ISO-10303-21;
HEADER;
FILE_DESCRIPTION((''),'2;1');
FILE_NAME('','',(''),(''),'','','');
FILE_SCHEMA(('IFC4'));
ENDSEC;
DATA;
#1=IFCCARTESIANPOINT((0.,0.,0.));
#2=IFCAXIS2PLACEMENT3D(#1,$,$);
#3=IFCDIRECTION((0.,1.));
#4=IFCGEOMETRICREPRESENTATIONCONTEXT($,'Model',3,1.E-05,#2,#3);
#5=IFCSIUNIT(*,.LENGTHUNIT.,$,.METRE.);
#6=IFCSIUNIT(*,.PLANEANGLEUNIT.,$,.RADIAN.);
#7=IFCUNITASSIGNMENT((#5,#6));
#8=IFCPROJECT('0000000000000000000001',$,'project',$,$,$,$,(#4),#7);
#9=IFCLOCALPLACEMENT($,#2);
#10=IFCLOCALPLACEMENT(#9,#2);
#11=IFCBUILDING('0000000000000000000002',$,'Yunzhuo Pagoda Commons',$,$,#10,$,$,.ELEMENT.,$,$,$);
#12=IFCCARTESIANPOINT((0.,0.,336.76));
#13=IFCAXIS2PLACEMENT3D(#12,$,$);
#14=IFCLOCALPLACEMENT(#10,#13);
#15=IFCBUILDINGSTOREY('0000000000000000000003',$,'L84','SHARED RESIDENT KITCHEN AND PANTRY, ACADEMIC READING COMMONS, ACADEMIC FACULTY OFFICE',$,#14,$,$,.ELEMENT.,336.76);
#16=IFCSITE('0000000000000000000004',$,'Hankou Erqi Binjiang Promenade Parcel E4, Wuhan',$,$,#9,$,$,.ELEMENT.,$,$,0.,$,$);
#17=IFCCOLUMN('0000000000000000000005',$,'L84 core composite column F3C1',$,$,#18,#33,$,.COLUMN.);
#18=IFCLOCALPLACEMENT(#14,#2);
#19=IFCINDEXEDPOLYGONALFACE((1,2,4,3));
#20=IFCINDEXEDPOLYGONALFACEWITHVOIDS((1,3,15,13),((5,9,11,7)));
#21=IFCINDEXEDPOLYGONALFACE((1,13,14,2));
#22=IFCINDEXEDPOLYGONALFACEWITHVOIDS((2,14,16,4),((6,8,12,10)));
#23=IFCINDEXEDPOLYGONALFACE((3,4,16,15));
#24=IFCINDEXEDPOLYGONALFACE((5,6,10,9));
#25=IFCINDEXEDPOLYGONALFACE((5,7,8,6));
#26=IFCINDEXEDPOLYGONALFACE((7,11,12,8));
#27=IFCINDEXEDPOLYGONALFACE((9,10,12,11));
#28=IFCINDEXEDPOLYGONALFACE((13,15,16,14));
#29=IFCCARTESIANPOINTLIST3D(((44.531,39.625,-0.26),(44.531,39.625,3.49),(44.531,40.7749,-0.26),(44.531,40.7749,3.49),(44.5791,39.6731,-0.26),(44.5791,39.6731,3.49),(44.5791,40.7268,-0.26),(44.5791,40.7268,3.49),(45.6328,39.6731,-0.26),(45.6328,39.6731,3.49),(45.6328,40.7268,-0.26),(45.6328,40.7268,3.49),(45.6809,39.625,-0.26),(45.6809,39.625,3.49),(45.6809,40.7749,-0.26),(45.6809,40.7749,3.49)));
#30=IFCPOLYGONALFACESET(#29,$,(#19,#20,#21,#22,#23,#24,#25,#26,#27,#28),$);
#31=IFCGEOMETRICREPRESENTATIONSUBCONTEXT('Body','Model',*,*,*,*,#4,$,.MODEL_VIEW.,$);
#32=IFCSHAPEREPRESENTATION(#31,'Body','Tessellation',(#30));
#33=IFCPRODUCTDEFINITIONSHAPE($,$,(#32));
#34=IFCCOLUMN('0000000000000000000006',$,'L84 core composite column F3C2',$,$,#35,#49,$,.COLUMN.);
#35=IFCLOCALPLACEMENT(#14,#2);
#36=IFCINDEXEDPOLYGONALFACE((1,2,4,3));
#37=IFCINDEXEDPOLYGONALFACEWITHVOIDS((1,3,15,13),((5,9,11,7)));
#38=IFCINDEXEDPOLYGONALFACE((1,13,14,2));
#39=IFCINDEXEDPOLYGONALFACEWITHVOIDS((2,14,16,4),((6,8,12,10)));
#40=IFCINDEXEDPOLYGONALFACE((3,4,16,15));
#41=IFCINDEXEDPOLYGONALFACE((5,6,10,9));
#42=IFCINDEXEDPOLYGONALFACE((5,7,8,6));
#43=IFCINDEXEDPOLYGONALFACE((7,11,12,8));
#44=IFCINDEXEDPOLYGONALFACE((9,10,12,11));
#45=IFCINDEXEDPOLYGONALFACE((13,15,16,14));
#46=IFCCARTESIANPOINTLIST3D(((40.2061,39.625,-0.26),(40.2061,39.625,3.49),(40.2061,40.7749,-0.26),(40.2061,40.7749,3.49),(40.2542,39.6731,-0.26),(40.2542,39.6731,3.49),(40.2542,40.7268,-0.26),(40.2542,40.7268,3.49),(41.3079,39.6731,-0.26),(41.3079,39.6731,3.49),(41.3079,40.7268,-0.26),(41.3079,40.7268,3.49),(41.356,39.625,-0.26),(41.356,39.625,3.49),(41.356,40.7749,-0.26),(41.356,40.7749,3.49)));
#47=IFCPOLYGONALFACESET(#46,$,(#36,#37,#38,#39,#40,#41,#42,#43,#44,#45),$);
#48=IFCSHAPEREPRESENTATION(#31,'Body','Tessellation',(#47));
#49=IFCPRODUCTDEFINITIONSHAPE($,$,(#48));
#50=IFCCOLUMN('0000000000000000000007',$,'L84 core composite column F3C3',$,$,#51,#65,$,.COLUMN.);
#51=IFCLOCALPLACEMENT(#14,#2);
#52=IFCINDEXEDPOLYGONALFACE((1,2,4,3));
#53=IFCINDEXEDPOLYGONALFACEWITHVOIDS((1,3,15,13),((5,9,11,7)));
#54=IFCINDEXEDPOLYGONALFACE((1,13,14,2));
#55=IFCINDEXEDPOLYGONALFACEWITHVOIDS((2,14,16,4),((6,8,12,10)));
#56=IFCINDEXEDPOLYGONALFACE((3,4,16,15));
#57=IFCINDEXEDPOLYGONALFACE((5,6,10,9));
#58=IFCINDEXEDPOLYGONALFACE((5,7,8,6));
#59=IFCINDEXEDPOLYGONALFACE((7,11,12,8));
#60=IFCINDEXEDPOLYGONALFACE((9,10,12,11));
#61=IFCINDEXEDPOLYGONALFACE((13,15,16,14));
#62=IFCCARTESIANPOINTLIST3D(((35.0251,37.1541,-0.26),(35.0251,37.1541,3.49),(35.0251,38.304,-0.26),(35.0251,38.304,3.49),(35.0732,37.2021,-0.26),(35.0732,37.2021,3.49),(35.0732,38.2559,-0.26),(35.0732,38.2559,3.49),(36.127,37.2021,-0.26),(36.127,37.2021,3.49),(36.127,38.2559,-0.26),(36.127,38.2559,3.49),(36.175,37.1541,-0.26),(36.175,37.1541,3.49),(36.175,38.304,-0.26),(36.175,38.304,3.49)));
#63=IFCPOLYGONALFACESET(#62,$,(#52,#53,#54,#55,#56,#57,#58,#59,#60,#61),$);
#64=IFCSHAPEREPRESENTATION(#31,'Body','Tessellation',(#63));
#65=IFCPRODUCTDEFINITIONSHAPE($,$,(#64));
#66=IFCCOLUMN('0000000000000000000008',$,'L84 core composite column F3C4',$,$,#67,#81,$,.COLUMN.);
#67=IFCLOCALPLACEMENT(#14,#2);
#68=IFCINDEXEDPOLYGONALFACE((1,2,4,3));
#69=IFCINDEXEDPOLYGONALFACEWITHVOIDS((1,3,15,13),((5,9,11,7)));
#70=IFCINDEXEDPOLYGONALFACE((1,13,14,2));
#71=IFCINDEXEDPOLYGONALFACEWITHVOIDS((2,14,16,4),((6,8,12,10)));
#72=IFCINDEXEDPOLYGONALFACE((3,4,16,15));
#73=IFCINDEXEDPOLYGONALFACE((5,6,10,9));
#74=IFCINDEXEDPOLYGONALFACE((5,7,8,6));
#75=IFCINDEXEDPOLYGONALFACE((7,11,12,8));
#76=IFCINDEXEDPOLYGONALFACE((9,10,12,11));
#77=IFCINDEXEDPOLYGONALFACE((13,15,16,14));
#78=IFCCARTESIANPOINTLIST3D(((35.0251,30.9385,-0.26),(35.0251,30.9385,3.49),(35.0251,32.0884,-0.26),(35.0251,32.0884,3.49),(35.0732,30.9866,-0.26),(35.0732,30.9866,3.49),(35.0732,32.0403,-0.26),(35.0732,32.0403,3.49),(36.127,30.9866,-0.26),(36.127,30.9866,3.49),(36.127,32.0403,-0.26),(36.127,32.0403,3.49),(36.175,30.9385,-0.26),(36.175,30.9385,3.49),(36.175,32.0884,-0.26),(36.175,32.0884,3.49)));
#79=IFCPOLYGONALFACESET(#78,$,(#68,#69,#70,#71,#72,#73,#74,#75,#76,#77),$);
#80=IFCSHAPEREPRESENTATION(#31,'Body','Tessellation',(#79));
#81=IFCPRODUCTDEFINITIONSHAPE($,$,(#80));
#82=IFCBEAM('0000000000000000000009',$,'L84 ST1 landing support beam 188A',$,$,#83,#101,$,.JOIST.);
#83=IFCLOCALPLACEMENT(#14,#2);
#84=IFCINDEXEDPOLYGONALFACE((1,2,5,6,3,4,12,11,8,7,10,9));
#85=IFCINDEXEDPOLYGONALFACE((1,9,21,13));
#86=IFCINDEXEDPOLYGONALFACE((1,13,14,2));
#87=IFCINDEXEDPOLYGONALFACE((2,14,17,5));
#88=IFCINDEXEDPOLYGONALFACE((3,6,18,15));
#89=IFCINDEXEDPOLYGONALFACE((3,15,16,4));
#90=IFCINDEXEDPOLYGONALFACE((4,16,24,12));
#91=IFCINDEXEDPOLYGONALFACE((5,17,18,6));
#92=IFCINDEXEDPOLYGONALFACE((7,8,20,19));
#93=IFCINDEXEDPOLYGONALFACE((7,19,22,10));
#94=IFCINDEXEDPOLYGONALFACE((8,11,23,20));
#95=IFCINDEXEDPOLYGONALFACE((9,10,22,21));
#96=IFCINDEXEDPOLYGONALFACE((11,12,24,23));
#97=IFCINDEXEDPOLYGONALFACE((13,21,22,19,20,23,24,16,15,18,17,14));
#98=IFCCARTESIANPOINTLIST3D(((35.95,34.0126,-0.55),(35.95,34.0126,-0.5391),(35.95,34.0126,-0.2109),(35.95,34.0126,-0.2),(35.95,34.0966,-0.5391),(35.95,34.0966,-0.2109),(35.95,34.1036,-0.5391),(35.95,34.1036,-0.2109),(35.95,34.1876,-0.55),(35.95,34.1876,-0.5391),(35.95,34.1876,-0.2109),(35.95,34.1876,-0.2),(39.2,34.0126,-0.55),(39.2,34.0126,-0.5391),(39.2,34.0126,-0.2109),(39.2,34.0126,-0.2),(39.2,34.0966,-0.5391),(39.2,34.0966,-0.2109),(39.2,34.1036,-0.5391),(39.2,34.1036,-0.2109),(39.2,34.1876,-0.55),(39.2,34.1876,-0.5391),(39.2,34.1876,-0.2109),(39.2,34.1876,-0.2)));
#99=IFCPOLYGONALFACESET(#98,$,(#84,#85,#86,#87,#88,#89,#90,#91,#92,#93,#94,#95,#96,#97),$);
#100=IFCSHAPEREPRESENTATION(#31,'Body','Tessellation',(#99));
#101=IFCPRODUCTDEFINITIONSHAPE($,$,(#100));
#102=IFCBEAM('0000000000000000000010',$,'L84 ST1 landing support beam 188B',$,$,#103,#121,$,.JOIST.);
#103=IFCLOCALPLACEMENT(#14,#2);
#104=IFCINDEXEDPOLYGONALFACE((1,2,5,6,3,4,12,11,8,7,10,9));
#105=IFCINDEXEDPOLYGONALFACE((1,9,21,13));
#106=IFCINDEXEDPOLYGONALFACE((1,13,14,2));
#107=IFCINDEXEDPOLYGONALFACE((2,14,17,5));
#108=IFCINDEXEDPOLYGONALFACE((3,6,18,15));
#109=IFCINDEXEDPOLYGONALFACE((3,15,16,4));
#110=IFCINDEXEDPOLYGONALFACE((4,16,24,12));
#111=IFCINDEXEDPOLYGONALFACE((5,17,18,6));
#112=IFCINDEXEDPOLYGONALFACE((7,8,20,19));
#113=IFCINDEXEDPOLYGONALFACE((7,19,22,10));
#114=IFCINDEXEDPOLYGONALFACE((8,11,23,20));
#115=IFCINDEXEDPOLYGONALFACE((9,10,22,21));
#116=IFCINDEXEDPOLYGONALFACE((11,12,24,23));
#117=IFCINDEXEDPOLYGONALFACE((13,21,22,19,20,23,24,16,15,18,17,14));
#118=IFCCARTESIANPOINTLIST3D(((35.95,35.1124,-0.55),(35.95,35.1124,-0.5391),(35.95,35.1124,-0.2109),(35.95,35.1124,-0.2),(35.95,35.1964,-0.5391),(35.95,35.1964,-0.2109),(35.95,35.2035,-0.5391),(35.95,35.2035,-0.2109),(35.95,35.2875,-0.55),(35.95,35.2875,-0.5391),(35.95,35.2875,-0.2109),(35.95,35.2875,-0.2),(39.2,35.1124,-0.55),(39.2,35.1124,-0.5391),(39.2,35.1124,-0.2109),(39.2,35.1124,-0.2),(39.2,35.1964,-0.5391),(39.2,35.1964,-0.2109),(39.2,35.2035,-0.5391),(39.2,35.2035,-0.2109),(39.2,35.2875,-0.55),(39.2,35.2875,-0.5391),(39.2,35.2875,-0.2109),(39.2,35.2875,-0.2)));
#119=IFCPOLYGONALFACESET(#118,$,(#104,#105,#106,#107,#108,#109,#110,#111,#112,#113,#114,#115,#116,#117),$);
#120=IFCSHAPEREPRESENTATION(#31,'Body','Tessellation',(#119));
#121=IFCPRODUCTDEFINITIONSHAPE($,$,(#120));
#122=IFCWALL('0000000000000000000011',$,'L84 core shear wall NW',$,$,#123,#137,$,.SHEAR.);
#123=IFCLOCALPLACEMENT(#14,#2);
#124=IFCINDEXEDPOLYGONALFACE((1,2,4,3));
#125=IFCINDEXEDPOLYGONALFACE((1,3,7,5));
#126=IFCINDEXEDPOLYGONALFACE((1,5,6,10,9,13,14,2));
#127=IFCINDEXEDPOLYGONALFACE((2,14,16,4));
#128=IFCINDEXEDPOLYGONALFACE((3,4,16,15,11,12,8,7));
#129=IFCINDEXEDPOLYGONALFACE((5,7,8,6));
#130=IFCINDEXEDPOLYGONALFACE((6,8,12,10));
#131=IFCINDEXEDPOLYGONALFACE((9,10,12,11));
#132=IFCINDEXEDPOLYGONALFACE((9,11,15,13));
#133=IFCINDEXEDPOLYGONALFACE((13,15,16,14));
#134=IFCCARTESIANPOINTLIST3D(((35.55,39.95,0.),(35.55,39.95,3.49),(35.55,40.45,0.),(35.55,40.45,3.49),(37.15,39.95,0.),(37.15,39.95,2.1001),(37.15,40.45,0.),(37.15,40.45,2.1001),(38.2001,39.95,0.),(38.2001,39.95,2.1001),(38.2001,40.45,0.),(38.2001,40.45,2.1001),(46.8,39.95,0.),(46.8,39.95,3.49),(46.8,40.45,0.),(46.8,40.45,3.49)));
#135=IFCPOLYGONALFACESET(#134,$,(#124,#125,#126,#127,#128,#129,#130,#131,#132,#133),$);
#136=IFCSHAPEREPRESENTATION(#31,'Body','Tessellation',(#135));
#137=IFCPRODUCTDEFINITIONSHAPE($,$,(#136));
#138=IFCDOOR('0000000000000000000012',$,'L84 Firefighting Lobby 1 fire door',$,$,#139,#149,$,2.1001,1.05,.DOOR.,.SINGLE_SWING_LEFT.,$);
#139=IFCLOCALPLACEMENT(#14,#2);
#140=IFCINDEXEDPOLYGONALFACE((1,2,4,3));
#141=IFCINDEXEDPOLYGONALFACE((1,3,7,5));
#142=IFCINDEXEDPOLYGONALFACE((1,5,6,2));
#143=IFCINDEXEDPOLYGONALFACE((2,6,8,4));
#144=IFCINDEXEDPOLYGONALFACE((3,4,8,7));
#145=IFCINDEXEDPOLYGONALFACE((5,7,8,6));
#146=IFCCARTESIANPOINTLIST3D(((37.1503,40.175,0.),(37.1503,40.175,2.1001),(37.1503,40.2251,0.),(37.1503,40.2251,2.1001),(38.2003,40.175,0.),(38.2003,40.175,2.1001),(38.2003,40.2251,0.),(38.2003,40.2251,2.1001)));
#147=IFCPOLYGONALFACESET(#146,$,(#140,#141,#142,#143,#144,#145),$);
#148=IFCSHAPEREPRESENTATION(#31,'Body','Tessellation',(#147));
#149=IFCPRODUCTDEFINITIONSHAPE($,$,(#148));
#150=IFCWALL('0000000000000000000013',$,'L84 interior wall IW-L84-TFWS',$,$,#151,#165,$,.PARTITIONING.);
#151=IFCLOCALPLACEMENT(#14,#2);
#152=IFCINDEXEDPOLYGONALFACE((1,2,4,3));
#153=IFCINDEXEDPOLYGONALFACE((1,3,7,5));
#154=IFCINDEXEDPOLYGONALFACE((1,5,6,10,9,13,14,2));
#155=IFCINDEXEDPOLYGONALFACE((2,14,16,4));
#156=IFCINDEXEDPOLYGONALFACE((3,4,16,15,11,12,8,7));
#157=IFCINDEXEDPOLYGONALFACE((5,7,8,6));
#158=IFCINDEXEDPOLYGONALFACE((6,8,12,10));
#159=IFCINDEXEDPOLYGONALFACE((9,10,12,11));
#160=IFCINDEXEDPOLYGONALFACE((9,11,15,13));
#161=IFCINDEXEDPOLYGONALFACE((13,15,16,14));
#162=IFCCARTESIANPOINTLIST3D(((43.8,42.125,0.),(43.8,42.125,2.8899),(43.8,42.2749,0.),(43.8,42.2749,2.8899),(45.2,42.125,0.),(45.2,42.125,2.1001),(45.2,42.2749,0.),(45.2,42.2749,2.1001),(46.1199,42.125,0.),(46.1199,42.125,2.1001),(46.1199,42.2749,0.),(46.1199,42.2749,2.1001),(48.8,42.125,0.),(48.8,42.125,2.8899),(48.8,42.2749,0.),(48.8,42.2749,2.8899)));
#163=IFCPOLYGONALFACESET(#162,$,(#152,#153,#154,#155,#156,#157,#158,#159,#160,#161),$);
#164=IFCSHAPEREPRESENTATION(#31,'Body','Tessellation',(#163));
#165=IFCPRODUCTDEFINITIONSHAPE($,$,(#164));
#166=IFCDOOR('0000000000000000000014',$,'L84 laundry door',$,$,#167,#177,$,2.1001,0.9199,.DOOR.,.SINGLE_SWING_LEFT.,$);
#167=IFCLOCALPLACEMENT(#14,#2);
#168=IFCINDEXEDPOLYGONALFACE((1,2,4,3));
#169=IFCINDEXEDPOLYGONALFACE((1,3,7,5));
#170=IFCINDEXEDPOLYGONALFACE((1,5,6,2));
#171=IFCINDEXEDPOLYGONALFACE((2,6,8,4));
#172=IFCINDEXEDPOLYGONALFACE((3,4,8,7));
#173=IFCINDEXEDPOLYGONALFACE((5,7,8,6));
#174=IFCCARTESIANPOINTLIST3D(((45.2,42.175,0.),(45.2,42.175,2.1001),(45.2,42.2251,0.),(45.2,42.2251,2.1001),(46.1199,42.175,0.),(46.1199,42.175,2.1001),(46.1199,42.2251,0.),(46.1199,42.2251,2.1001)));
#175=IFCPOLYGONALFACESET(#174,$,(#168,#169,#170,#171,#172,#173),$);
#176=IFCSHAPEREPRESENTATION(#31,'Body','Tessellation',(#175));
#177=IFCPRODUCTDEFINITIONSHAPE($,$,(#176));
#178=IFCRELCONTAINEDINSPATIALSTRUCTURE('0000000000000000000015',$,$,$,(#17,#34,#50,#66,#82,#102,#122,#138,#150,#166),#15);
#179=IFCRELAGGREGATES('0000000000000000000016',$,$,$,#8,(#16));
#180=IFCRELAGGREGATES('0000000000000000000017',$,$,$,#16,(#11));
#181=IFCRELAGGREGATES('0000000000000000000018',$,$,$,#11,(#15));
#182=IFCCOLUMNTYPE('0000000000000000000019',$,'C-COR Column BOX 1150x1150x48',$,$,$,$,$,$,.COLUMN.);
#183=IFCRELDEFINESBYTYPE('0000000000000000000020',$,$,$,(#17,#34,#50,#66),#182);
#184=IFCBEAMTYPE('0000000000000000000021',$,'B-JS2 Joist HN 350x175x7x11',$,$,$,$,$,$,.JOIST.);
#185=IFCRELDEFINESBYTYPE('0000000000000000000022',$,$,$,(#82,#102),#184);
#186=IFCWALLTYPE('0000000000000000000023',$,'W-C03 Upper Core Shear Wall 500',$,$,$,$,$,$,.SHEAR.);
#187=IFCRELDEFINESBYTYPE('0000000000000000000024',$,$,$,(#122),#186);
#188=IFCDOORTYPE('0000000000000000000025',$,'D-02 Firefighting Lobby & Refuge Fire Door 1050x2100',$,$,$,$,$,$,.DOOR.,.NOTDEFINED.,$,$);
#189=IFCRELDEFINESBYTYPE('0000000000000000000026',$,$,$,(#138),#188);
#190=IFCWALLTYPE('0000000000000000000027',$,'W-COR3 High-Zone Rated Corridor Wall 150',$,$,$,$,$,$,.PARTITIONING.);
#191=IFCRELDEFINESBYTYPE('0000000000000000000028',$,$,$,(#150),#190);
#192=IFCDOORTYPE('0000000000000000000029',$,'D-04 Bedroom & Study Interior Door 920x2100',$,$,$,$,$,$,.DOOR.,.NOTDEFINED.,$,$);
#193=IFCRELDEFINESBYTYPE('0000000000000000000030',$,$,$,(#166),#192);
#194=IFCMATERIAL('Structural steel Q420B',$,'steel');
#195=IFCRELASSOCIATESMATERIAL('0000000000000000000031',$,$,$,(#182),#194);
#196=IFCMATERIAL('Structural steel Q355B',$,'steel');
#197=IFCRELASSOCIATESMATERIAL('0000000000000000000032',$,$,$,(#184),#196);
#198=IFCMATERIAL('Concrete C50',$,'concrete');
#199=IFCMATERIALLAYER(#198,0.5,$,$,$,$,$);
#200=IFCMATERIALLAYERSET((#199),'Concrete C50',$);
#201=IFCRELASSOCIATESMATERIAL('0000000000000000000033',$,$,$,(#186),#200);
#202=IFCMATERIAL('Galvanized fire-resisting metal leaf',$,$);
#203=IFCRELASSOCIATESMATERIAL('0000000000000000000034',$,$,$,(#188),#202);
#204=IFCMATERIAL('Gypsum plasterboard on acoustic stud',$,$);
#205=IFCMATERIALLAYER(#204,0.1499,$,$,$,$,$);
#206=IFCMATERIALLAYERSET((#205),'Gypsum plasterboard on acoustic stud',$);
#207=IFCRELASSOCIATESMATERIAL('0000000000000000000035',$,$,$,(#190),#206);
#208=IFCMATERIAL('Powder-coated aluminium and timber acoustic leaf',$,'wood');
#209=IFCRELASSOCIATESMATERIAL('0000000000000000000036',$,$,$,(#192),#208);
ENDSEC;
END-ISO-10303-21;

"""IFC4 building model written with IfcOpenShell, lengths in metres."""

from ifc_helpers import new_model, si_unit, direction, frame, frame_2d, origin, origin_2d, place, context, subcontext, project, spatial, rectangle, hollow_rectangle, i_section, extrude, source, transform, mapped, material, layer, layer_set, material_profile, profile_set, type_object, element, fill, save


model = new_model("IFC4")

# Units and contexts
model_context = context("Model", 3, precision=1e-05, world=origin(), true_north=direction((0.0, 1.0)))
body_context = subcontext(model_context, "Body", "Model", "MODEL_VIEW")
ifc_project = project(units=[si_unit("LENGTHUNIT", "METRE"), si_unit("PLANEANGLEUNIT", "RADIAN")], contexts=[model_context])

# Site, building, storey
site_placement = place(None, origin())
site = spatial("IfcSite", under=ifc_project, at=site_placement, Name="Hankou Erqi Binjiang Promenade Parcel E4, Wuhan", CompositionType="ELEMENT", RefElevation=0.0)
building_placement = place(site_placement, origin())
building = spatial("IfcBuilding", under=site, at=building_placement, Name="Yunzhuo Pagoda Commons", CompositionType="ELEMENT")
storey_placement = place(building_placement, frame((0.0, 0.0, 336.76)))
storey = spatial("IfcBuildingStorey", under=building, at=storey_placement, Name="L84", Description="SHARED RESIDENT KITCHEN AND PANTRY, ACADEMIC READING COMMONS, ACADEMIC FACULTY OFFICE", CompositionType="ELEMENT", Elevation=336.76)

# Columns
ifc_material_1 = material(Name="Structural steel Q420B", Category="steel")
ifc_material_profile_1 = material_profile(ifc_material_1, hollow_rectangle(XDim=1.1499, YDim=1.1499, WallThickness=0.0481, at=origin_2d()), Name="Structural steel Q420B")
ifc_profile_set_1 = profile_set([ifc_material_profile_1], Name="Structural steel Q420B")
column_type = type_object("IfcColumnType", Name="C-COR Column BOX 1150x1150x48", PredefinedType="COLUMN", material=ifc_profile_set_1)
shared_shape_1 = source(origin(), body_context, "Body", "SweptSolid", [
    extrude(hollow_rectangle(XDim=1.1499, YDim=1.1499, WallThickness=0.0481, at=origin_2d()), origin(), (0.0, 0.0, 1.0), 3.75),
])
for number, where, z_axis, x_axis, name in (
    (1, (45.106, 40.2, -0.26), (0.0, 0.0, 1.0), (1.0, 0.0, 0.0), "L84 core composite column F3C1"),
    (2, (40.781, 40.2, -0.26), (0.0, 0.0, 1.0), (1.0, 0.0, 0.0), "L84 core composite column F3C2"),
    (3, (35.6001, 37.729, -0.26), (0.0, 0.0, 1.0), (1.0, 0.0, 0.0), "L84 core composite column F3C3"),
    (4, (35.6001, 31.5134, -0.26), (0.0, 0.0, 1.0), (1.0, 0.0, 0.0), "L84 core composite column F3C4"),
):
    element("IfcColumn", number, at=place(storey_placement, frame(where, z_axis=z_axis, x_axis=x_axis)), inside=storey, type_object=column_type, Name=name, PredefinedType="COLUMN", context=body_context, shape_type="MappedRepresentation", body=[
        mapped(shared_shape_1, transform((0.0, 0.0, 0.0), scale=1.0)),
    ])

# Beams
ifc_material_2 = material(Name="Structural steel Q355B", Category="steel")
ifc_material_profile_2 = material_profile(ifc_material_2, i_section(OverallWidth=0.175, OverallDepth=0.3501, WebThickness=0.0071, FlangeThickness=0.011, at=origin_2d()), Name="Structural steel Q355B")
ifc_profile_set_2 = profile_set([ifc_material_profile_2], Name="Structural steel Q355B")
beam_type = type_object("IfcBeamType", Name="B-JS2 Joist HN 350x175x7x11", PredefinedType="JOIST", material=ifc_profile_set_2)
shared_shape_2 = source(origin(), body_context, "Body", "SweptSolid", [
    extrude(i_section(OverallWidth=0.175, OverallDepth=0.3501, WebThickness=0.0071, FlangeThickness=0.011, at=origin_2d()), origin(), (0.0, 0.0, 1.0), 3.25),
])
for number, where, z_axis, x_axis, name in (
    (5, (35.95, 34.1001, -0.375), (1.0, 0.0, 0.0), (0.0, 1.0, 0.0), "L84 ST1 landing support beam 188A"),
    (6, (35.95, 35.2, -0.375), (1.0, 0.0, 0.0), (0.0, 1.0, 0.0), "L84 ST1 landing support beam 188B"),
):
    element("IfcBeam", number, at=place(storey_placement, frame(where, z_axis=z_axis, x_axis=x_axis)), inside=storey, type_object=beam_type, Name=name, PredefinedType="JOIST", context=body_context, shape_type="MappedRepresentation", body=[
        mapped(shared_shape_2, transform((0.0, 0.0, 0.0), scale=1.0)),
    ])

# Walls, openings, doors
ifc_material_3 = material(Name="Concrete C50", Category="concrete")
ifc_layer_1 = layer(ifc_material_3, 0.5)
ifc_layer_set_1 = layer_set([ifc_layer_1], Name="Concrete C50")
wall_type_1 = type_object("IfcWallType", Name="W-C03 Upper Core Shear Wall 500", PredefinedType="SHEAR", material=ifc_layer_set_1)
wall_1_placement = place(storey_placement, frame((35.55, 40.2, 0.0), z_axis=(0.0, 0.0, 1.0), x_axis=(1.0, 0.0, 0.0)))
wall_1 = element("IfcWall", 7, at=wall_1_placement, inside=storey, type_object=wall_type_1, Name="L84 core shear wall NW", PredefinedType="SHEAR", context=body_context, shape_type="SweptSolid", body=[
    extrude(rectangle(XDim=11.25, YDim=0.5, at=frame_2d((5.625, 0.0))), origin(), (0.0, 0.0, 1.0), 3.49),
])
opening_1_placement = place(wall_1_placement, frame((1.6001, 0.0, 0.0)))
opening_1 = element("IfcOpeningElement", 8, at=opening_1_placement, cuts=wall_1, PredefinedType="OPENING", context=body_context, shape_type="SweptSolid", body=[
    extrude(rectangle(XDim=1.05, YDim=2.1001, at=frame_2d((0.5249, 1.05))), frame((0.0, 0.26, 0.0), z_axis=(0.0, -1.0, 0.0), x_axis=(1.0, 0.0, 0.0)), (0.0, 0.0, 1.0), 0.52),
])
ifc_material_4 = material(Name="Galvanized fire-resisting metal leaf")
door_type_1 = type_object("IfcDoorType", Name="D-02 Firefighting Lobby & Refuge Fire Door 1050x2100", OperationType="NOTDEFINED", PredefinedType="DOOR", material=ifc_material_4)
shared_shape_3 = source(origin(), body_context, "Body", "SweptSolid", [
    extrude(rectangle(XDim=1.05, YDim=2.1001, at=frame_2d((0.5249, 1.05))), frame((0.0, 0.0249, 0.0), z_axis=(0.0, -1.0, 0.0), x_axis=(1.0, 0.0, 0.0)), (0.0, 0.0, 1.0), 0.05),
])
door_1_placement = place(opening_1_placement, frame((1.05, 0.0, 0.0), z_axis=(0.0, 0.0, 1.0), x_axis=(-1.0, 0.0, 0.0)))
door_1 = element("IfcDoor", 9, at=door_1_placement, inside=storey, type_object=door_type_1, Name="L84 Firefighting Lobby 1 fire door", OperationType="SINGLE_SWING_LEFT", OverallHeight=2.1001, OverallWidth=1.05, PredefinedType="DOOR", context=body_context, shape_type="MappedRepresentation", body=[
    mapped(shared_shape_3, transform((0.0, 0.0, 0.0), scale=1.0)),
])
fill(opening_1, door_1)
ifc_material_5 = material(Name="Gypsum plasterboard on acoustic stud")
ifc_layer_2 = layer(ifc_material_5, 0.1499)
ifc_layer_set_2 = layer_set([ifc_layer_2], Name="Gypsum plasterboard on acoustic stud")
wall_type_2 = type_object("IfcWallType", Name="W-COR3 High-Zone Rated Corridor Wall 150", PredefinedType="PARTITIONING", material=ifc_layer_set_2)
wall_2_placement = place(storey_placement, frame((43.8, 42.2, 0.0), z_axis=(0.0, 0.0, 1.0), x_axis=(1.0, 0.0, 0.0)))
wall_2 = element("IfcWall", 10, at=wall_2_placement, inside=storey, type_object=wall_type_2, Name="L84 interior wall IW-L84-TFWS", PredefinedType="PARTITIONING", context=body_context, shape_type="SweptSolid", body=[
    extrude(rectangle(XDim=5.0, YDim=0.1499, at=frame_2d((2.5, 0.0))), origin(), (0.0, 0.0, 1.0), 2.8899),
])
opening_2_placement = place(wall_2_placement, frame((1.3999, 0.0, 0.0)))
opening_2 = element("IfcOpeningElement", 11, at=opening_2_placement, cuts=wall_2, PredefinedType="OPENING", context=body_context, shape_type="SweptSolid", body=[
    extrude(rectangle(XDim=0.9199, YDim=2.1001, at=frame_2d((0.46, 1.05))), frame((0.0, 0.085, 0.0), z_axis=(0.0, -1.0, 0.0), x_axis=(1.0, 0.0, 0.0)), (0.0, 0.0, 1.0), 0.1699),
])
ifc_material_6 = material(Name="Powder-coated aluminium and timber acoustic leaf", Category="wood")
door_type_2 = type_object("IfcDoorType", Name="D-04 Bedroom & Study Interior Door 920x2100", OperationType="NOTDEFINED", PredefinedType="DOOR", material=ifc_material_6)
shared_shape_4 = source(origin(), body_context, "Body", "SweptSolid", [
    extrude(rectangle(XDim=0.9199, YDim=2.1001, at=frame_2d((0.46, 1.05))), frame((0.0, 0.0249, 0.0), z_axis=(0.0, -1.0, 0.0), x_axis=(1.0, 0.0, 0.0)), (0.0, 0.0, 1.0), 0.05),
])
door_2_placement = place(opening_2_placement, frame((0.9199, 0.0, 0.0), z_axis=(0.0, 0.0, 1.0), x_axis=(-1.0, 0.0, 0.0)))
door_2 = element("IfcDoor", 12, at=door_2_placement, inside=storey, type_object=door_type_2, Name="L84 laundry door", OperationType="SINGLE_SWING_LEFT", OverallHeight=2.1001, OverallWidth=0.9199, PredefinedType="DOOR", context=body_context, shape_type="MappedRepresentation", body=[
    mapped(shared_shape_4, transform((0.0, 0.0, 0.0), scale=1.0)),
])
fill(opening_2, door_2)

save(model, "model.ifc")
